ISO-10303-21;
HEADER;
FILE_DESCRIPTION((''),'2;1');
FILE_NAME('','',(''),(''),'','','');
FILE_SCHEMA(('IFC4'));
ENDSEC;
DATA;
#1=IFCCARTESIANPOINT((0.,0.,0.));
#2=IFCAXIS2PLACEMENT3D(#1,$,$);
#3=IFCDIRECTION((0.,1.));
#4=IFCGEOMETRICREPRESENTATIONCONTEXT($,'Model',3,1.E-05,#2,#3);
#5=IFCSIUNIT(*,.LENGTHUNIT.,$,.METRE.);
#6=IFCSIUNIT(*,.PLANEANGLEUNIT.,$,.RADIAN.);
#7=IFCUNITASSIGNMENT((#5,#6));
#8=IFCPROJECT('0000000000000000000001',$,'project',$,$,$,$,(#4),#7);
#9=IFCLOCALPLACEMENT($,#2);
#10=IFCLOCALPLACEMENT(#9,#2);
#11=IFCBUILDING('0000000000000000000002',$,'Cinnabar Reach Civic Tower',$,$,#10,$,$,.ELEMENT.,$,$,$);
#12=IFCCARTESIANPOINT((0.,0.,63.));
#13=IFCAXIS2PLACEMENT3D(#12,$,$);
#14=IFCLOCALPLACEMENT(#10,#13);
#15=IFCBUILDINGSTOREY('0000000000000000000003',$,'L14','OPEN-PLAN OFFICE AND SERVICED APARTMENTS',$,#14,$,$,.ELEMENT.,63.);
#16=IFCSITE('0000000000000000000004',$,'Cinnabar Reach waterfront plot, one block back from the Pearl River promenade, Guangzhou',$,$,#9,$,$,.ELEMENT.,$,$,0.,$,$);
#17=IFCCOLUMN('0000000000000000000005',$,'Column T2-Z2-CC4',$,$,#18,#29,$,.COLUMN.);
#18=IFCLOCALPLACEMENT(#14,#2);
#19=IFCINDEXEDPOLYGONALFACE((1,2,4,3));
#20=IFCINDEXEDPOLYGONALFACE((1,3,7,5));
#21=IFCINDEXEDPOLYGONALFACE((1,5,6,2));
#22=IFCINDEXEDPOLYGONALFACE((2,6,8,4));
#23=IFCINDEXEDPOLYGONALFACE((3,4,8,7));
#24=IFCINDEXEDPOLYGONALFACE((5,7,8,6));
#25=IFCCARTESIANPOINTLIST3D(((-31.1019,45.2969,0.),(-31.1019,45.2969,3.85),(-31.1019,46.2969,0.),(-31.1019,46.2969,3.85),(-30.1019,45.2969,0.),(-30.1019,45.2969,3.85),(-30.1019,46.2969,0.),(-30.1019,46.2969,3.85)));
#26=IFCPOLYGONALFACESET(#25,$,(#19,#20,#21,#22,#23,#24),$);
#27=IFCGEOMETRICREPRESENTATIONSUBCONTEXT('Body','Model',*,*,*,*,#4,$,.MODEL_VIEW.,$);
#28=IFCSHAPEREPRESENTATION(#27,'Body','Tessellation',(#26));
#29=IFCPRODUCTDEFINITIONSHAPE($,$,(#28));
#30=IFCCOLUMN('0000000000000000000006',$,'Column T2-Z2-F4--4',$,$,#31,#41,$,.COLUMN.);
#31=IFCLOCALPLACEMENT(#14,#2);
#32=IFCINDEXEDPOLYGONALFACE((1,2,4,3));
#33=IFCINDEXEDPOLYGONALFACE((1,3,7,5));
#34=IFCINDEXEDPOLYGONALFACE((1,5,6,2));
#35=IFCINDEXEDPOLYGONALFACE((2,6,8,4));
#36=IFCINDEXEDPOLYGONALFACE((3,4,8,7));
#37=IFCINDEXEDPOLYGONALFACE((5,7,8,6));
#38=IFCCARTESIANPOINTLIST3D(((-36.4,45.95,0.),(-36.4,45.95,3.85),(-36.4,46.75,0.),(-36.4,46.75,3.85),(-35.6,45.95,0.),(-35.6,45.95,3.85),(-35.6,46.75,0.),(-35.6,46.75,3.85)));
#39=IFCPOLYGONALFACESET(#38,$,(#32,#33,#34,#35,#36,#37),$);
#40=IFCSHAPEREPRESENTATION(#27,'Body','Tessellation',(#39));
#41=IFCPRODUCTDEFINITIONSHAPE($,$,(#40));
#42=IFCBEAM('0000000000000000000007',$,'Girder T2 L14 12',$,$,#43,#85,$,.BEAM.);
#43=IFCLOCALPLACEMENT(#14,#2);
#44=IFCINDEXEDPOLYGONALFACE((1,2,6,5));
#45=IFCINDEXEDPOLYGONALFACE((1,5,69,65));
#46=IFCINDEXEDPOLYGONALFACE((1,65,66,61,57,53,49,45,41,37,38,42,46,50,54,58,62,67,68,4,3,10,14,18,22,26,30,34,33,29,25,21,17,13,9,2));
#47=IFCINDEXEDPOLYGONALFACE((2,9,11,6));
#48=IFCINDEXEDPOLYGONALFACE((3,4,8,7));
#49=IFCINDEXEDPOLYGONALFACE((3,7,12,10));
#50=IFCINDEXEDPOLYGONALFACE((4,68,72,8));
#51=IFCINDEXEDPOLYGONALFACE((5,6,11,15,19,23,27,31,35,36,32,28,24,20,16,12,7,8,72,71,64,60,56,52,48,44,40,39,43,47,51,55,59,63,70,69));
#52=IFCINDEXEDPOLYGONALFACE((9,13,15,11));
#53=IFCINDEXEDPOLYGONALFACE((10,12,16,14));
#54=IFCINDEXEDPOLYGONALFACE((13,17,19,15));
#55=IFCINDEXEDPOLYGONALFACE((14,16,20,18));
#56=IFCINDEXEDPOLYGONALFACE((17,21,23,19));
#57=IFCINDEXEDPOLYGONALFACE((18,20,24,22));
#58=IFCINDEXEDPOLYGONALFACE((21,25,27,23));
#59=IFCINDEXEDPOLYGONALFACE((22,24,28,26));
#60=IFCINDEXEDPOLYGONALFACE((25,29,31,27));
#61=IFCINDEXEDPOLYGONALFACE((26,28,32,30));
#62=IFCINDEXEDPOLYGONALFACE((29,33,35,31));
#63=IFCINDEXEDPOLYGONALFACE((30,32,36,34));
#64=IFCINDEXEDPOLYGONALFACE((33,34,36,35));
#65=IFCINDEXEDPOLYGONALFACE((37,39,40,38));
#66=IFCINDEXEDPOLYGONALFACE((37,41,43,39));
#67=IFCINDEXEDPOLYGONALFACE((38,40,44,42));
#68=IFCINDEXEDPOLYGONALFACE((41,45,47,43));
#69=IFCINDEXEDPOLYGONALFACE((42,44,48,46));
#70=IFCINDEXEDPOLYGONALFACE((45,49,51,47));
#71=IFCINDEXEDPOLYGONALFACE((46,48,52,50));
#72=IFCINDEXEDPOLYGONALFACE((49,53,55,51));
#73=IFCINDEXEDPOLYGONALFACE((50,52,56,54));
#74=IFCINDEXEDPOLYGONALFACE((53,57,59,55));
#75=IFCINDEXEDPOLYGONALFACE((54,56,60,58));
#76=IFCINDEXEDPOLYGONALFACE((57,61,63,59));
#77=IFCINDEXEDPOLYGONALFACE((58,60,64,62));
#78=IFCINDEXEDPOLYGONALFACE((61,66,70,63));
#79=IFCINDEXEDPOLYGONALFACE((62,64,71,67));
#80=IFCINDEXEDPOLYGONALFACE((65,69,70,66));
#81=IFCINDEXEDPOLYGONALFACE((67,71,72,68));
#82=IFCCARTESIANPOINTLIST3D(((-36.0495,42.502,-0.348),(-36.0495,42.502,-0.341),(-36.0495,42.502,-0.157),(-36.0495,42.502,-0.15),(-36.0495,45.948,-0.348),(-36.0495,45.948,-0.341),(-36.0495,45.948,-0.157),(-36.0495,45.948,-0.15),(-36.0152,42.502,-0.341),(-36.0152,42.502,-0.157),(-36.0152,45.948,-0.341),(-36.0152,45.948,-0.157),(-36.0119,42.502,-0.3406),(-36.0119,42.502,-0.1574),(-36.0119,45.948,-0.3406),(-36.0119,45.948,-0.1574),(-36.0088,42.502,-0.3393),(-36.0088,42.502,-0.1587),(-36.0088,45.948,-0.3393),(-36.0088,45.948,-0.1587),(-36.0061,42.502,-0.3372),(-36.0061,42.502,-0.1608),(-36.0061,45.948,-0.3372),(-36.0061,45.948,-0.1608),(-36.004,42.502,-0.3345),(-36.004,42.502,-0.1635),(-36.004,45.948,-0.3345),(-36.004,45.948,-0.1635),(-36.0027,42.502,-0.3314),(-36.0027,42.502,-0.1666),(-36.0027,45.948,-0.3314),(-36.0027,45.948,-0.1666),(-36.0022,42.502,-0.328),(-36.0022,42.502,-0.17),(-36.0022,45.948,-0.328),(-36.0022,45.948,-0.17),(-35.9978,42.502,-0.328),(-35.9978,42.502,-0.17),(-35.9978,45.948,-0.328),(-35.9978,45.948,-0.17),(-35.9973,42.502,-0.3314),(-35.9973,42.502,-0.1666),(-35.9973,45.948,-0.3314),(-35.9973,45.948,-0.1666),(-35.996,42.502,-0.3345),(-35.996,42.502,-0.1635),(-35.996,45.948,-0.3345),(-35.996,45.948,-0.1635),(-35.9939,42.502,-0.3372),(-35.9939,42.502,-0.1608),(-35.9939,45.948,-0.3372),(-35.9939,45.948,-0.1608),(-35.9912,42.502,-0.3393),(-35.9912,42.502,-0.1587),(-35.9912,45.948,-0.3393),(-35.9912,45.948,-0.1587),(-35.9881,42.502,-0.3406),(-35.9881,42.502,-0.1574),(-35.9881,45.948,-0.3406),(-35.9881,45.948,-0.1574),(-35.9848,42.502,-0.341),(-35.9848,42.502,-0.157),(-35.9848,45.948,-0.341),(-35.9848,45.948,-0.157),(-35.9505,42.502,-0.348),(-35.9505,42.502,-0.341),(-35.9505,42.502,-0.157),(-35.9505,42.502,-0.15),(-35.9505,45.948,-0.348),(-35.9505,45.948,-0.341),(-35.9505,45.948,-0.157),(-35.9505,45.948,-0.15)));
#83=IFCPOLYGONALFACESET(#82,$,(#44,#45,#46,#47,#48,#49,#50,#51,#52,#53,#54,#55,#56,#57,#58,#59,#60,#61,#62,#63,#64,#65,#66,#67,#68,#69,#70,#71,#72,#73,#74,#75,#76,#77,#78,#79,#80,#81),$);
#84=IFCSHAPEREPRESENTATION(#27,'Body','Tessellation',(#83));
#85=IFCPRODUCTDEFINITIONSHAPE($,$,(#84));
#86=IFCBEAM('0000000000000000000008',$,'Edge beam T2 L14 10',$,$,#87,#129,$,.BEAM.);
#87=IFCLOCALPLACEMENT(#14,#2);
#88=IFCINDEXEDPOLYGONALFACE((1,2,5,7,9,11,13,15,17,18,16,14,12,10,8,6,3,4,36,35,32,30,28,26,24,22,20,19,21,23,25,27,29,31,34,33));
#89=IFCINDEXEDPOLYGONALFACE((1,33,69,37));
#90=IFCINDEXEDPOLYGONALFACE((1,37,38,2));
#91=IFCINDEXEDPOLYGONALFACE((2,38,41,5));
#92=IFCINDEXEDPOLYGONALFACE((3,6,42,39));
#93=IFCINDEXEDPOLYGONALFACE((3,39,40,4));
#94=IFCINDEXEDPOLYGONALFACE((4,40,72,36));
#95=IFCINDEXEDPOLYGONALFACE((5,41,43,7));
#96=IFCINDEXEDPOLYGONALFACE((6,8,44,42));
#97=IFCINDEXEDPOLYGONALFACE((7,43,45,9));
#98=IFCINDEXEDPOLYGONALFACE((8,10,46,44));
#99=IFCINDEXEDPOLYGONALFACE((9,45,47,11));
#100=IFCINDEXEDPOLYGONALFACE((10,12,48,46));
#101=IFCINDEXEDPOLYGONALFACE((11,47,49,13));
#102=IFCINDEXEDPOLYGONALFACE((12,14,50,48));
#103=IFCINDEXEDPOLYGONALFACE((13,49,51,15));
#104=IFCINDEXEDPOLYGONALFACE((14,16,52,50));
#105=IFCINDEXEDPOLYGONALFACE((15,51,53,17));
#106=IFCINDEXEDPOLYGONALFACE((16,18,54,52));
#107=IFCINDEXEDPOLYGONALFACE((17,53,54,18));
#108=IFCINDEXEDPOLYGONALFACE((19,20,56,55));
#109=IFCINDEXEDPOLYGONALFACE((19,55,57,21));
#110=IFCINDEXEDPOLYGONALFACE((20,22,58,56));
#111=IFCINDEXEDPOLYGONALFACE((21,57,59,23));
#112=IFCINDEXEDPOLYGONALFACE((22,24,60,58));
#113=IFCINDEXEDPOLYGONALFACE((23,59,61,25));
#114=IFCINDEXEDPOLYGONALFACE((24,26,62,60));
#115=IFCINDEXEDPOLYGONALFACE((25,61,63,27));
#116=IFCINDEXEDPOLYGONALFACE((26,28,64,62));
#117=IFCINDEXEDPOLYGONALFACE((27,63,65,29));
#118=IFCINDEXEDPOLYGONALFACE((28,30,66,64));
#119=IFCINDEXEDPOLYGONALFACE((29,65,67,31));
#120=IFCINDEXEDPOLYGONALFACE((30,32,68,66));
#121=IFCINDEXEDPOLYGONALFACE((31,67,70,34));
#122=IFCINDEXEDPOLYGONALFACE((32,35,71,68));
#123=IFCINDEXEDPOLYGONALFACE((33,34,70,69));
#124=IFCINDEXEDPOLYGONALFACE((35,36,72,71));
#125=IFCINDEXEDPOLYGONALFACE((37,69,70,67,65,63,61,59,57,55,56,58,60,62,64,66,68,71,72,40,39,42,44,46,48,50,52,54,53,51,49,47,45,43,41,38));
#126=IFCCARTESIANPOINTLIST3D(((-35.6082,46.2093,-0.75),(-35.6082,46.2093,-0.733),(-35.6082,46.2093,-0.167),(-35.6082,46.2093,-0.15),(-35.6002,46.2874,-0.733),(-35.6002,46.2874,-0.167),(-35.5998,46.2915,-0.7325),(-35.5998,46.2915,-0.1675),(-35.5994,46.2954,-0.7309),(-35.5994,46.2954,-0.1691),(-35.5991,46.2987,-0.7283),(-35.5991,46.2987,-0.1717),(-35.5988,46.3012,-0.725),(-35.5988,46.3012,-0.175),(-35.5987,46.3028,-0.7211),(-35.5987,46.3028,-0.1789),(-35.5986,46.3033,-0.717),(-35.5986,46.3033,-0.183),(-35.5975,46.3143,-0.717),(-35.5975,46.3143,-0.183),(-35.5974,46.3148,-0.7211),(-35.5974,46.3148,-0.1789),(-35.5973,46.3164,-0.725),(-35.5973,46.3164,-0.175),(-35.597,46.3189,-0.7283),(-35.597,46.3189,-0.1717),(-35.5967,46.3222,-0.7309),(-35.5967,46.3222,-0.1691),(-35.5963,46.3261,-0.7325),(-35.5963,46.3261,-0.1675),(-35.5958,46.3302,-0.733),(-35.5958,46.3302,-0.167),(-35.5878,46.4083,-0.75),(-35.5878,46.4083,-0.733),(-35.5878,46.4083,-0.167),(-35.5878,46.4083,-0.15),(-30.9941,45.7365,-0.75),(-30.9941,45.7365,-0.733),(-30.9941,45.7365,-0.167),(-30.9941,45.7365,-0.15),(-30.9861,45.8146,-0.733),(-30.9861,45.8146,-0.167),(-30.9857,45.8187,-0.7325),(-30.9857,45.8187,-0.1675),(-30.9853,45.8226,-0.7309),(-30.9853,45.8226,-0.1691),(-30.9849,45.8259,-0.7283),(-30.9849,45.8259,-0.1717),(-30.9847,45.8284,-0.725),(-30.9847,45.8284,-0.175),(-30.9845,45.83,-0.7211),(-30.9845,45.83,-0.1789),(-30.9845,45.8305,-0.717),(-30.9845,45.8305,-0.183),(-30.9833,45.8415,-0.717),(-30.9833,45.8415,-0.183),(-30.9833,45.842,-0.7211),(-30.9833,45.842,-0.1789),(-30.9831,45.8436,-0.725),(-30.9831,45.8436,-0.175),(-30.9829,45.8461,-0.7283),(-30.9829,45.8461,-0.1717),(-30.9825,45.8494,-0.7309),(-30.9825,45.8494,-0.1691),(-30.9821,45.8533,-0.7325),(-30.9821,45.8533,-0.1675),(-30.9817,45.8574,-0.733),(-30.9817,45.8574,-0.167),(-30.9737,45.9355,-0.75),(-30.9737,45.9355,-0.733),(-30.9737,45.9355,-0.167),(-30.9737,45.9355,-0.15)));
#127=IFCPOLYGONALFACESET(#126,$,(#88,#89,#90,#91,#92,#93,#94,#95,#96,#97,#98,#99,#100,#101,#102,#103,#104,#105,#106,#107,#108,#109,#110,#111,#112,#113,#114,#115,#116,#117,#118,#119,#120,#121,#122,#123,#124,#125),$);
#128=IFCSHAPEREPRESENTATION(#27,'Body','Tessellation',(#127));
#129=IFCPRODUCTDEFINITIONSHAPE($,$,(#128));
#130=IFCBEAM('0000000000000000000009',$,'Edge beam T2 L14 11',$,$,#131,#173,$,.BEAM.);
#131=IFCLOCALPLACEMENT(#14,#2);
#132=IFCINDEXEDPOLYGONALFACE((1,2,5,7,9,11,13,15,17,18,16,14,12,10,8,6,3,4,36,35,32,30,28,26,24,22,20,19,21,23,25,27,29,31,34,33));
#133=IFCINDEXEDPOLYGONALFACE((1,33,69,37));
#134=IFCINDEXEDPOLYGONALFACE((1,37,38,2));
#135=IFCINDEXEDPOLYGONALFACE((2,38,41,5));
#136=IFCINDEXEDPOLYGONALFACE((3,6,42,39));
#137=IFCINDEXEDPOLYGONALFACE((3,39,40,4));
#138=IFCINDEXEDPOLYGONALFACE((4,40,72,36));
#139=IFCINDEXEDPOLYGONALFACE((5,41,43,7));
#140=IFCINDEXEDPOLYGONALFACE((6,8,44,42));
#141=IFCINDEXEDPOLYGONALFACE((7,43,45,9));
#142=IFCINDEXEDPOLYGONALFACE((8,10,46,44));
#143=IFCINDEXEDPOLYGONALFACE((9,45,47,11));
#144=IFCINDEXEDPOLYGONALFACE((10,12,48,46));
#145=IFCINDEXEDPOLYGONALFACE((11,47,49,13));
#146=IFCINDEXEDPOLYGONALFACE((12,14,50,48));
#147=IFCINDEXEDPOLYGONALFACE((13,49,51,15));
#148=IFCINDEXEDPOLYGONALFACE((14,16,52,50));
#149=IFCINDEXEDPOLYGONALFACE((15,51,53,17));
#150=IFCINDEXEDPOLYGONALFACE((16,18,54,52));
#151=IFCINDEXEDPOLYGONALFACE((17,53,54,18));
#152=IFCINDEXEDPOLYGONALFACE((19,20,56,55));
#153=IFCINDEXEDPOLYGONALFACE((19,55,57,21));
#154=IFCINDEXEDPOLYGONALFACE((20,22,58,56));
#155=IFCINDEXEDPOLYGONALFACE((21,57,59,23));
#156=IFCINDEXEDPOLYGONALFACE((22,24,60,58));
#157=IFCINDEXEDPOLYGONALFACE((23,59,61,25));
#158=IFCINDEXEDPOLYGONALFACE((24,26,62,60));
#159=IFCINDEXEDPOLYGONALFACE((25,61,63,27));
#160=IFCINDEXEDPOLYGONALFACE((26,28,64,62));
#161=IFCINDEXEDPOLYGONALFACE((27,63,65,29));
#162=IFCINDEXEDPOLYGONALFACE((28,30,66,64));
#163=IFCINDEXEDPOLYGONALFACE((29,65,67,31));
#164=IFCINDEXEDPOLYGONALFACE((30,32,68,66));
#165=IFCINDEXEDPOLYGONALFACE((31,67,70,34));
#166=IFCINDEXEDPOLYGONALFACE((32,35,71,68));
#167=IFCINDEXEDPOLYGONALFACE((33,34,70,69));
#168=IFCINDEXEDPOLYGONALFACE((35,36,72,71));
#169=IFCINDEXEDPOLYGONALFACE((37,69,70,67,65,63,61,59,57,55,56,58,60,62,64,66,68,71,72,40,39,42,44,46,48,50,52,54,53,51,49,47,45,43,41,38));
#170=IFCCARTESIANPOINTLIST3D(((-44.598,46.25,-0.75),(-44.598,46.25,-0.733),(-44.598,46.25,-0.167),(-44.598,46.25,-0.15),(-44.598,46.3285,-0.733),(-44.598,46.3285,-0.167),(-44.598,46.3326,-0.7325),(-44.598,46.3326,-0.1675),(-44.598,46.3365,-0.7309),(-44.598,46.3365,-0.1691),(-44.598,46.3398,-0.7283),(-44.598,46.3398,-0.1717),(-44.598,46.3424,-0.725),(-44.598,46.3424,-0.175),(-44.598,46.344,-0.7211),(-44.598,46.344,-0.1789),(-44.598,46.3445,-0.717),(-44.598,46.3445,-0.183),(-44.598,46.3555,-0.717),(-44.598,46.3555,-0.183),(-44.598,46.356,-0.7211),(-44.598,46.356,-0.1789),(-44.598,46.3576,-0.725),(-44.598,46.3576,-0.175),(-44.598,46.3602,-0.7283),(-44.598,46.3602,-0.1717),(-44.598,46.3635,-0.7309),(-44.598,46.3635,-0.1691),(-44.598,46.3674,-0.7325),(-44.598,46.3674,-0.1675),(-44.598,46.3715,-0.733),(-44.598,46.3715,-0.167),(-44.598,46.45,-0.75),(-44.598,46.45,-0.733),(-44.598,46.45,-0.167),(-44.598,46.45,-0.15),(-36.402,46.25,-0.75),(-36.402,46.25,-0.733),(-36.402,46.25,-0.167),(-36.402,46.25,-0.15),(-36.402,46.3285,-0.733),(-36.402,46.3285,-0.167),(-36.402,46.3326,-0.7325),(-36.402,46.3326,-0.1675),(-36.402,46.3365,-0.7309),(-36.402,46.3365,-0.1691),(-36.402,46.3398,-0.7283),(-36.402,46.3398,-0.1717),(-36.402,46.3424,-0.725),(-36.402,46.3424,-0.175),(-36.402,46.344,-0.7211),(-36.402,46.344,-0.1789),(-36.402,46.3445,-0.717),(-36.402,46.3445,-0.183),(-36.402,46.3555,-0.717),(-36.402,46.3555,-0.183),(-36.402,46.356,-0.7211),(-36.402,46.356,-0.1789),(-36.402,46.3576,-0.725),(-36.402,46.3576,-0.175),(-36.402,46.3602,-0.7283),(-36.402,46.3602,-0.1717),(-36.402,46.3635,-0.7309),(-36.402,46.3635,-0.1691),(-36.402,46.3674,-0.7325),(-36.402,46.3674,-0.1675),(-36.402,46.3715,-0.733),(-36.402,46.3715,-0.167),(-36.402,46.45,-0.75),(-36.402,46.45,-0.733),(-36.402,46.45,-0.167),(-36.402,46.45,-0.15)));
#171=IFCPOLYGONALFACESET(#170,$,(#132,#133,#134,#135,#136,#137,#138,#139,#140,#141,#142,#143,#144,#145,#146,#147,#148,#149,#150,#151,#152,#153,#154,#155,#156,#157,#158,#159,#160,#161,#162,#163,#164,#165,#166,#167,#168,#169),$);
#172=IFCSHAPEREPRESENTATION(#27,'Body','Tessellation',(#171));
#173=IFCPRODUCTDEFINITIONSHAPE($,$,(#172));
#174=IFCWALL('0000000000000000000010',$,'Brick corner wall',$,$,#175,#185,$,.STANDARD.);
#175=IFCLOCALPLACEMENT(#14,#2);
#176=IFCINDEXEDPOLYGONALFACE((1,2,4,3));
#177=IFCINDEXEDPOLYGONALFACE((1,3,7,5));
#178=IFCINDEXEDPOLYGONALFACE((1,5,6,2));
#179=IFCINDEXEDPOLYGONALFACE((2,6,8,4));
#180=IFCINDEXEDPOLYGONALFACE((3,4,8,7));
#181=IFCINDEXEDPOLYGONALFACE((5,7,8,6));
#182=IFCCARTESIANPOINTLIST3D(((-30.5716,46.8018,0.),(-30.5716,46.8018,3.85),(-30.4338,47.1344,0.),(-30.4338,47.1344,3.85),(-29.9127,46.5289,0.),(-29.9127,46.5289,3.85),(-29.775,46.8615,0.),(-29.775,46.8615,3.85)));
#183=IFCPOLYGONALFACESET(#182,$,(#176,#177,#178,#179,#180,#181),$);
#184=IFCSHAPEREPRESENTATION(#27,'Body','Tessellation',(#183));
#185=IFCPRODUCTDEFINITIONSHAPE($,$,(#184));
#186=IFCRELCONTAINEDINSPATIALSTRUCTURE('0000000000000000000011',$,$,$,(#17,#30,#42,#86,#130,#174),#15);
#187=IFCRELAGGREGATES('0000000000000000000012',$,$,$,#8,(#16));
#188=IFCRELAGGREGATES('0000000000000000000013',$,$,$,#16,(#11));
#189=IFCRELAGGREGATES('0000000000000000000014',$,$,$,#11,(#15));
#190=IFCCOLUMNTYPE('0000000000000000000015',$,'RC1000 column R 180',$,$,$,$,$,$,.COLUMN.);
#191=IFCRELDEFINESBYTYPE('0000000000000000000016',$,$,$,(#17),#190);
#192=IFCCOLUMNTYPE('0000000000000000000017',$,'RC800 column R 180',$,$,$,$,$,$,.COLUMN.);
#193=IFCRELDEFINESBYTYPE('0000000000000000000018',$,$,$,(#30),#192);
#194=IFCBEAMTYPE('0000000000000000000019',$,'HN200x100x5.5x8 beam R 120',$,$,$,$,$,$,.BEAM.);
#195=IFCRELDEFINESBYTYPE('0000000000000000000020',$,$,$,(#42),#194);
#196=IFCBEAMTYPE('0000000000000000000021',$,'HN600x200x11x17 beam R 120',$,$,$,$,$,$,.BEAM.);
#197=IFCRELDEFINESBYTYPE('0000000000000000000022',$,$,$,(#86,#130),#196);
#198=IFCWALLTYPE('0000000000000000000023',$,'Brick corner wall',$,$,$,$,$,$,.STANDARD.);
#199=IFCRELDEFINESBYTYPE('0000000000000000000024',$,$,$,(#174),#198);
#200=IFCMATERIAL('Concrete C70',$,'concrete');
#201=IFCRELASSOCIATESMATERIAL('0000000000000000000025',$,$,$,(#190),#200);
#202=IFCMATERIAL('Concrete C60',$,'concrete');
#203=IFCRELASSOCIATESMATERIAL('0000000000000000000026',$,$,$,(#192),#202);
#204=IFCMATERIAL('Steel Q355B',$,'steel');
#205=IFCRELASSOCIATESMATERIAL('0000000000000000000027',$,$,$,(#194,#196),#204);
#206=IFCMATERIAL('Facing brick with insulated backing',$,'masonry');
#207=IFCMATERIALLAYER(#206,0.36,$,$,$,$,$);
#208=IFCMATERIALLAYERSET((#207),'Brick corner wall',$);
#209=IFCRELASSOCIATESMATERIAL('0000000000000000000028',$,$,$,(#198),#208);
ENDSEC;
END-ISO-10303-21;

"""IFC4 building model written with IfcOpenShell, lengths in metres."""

from ifc_helpers import new_model, si_unit, direction, frame, frame_2d, origin, origin_2d, place, context, subcontext, project, spatial, rectangle, i_section, extrude, material, layer, layer_set, material_profile, profile_set, type_object, element, save


model = new_model("IFC4")

# Units and contexts
model_context = context("Model", 3, precision=1e-05, world=origin(), true_north=direction((0.0, 1.0)))
body_context = subcontext(model_context, "Body", "Model", "MODEL_VIEW")
ifc_project = project(units=[si_unit("LENGTHUNIT", "METRE"), si_unit("PLANEANGLEUNIT", "RADIAN")], contexts=[model_context])

# Site, building, storey
site_placement = place(None, origin())
site = spatial("IfcSite", under=ifc_project, at=site_placement, Name="Cinnabar Reach waterfront plot, one block back from the Pearl River promenade, Guangzhou", CompositionType="ELEMENT", RefElevation=0.0)
building_placement = place(site_placement, origin())
building = spatial("IfcBuilding", under=site, at=building_placement, Name="Cinnabar Reach Civic Tower", CompositionType="ELEMENT")
storey_placement = place(building_placement, frame((0.0, 0.0, 63.0)))
storey = spatial("IfcBuildingStorey", under=building, at=storey_placement, Name="L14", Description="OPEN-PLAN OFFICE AND SERVICED APARTMENTS", CompositionType="ELEMENT", Elevation=63.0)

# Columns
ifc_material_1 = material(Name="Concrete C70", Category="concrete")
ifc_material_profile_1 = material_profile(ifc_material_1, rectangle(XDim=1.0, YDim=1.0, at=origin_2d()), Name="RC1000")
ifc_profile_set_1 = profile_set([ifc_material_profile_1], Name="Concrete C70")
column_type_1 = type_object("IfcColumnType", Name="RC1000 column R 180", PredefinedType="COLUMN", material=ifc_profile_set_1)
column_1_placement = place(storey_placement, frame((-30.6019, 45.7969, 0.0), z_axis=(0.0, 0.0, 1.0), x_axis=(1.0, 0.0, 0.0)))
element("IfcColumn", 1, at=column_1_placement, inside=storey, type_object=column_type_1, Name="Column T2-Z2-CC4", PredefinedType="COLUMN", context=body_context, shape_type="SweptSolid", body=[
    extrude(rectangle(XDim=1.0, YDim=1.0, at=origin_2d()), origin(), (0.0, 0.0, 1.0), 3.85),
])
ifc_material_2 = material(Name="Concrete C60", Category="concrete")
ifc_material_profile_2 = material_profile(ifc_material_2, rectangle(XDim=0.8, YDim=0.8, at=origin_2d()), Name="RC800")
ifc_profile_set_2 = profile_set([ifc_material_profile_2], Name="Concrete C60")
column_type_2 = type_object("IfcColumnType", Name="RC800 column R 180", PredefinedType="COLUMN", material=ifc_profile_set_2)
column_2_placement = place(storey_placement, frame((-36.0, 46.35, 0.0), z_axis=(0.0, 0.0, 1.0), x_axis=(1.0, 0.0, 0.0)))
element("IfcColumn", 2, at=column_2_placement, inside=storey, type_object=column_type_2, Name="Column T2-Z2-F4--4", PredefinedType="COLUMN", context=body_context, shape_type="SweptSolid", body=[
    extrude(rectangle(XDim=0.8, YDim=0.8, at=origin_2d()), origin(), (0.0, 0.0, 1.0), 3.85),
])

# Beams
ifc_material_3 = material(Name="Steel Q355B", Category="steel")
ifc_material_profile_3 = material_profile(ifc_material_3, i_section(OverallWidth=0.099, OverallDepth=0.198, WebThickness=0.0045, FlangeThickness=0.007, FilletRadius=0.013, at=origin_2d()), Name="HN200x100x5.5x8")
ifc_profile_set_3 = profile_set([ifc_material_profile_3], Name="Steel Q355B")
beam_type_1 = type_object("IfcBeamType", Name="HN200x100x5.5x8 beam R 120", PredefinedType="BEAM", material=ifc_profile_set_3)
beam_1_placement = place(storey_placement, frame((-36.0, 42.502, -0.249), z_axis=(0.0, 1.0, 0.0), x_axis=(-1.0, 0.0, 0.0)))
element("IfcBeam", 3, at=beam_1_placement, inside=storey, type_object=beam_type_1, Name="Girder T2 L14 12", PredefinedType="BEAM", context=body_context, shape_type="SweptSolid", body=[
    extrude(i_section(OverallWidth=0.099, OverallDepth=0.198, WebThickness=0.0045, FlangeThickness=0.007, FilletRadius=0.013, at=origin_2d()), origin(), (0.0, 0.0, 1.0), 3.446),
])
ifc_material_profile_4 = material_profile(ifc_material_3, i_section(OverallWidth=0.2, OverallDepth=0.6, WebThickness=0.011, FlangeThickness=0.017, FilletRadius=0.016, at=origin_2d()), Name="HN600x200x11x17")
ifc_profile_set_4 = profile_set([ifc_material_profile_4], Name="Steel Q355B")
beam_type_2 = type_object("IfcBeamType", Name="HN600x200x11x17 beam R 120", PredefinedType="BEAM", material=ifc_profile_set_4)
beam_2_placement = place(storey_placement, frame((-30.9839, 45.836, -0.45), z_axis=(-0.994791, 0.101935, 0.0), x_axis=(-0.101935, -0.994791, 0.0)))
element("IfcBeam", 4, at=beam_2_placement, inside=storey, type_object=beam_type_2, Name="Edge beam T2 L14 10", PredefinedType="BEAM", context=body_context, shape_type="SweptSolid", body=[
    extrude(i_section(OverallWidth=0.2, OverallDepth=0.6, WebThickness=0.011, FlangeThickness=0.017, FilletRadius=0.016, at=origin_2d()), origin(), (0.0, 0.0, 1.0), 4.6383),
])
beam_3_placement = place(storey_placement, frame((-36.402, 46.35, -0.45), z_axis=(-1.0, 0.0, 0.0), x_axis=(0.0, -1.0, 0.0)))
element("IfcBeam", 5, at=beam_3_placement, inside=storey, type_object=beam_type_2, Name="Edge beam T2 L14 11", PredefinedType="BEAM", context=body_context, shape_type="SweptSolid", body=[
    extrude(i_section(OverallWidth=0.2, OverallDepth=0.6, WebThickness=0.011, FlangeThickness=0.017, FilletRadius=0.016, at=origin_2d()), origin(), (0.0, 0.0, 1.0), 8.196),
])

# Wall
ifc_material_4 = material(Name="Facing brick with insulated backing", Category="masonry")
ifc_layer_1 = layer(ifc_material_4, 0.36)
ifc_layer_set_1 = layer_set([ifc_layer_1], Name="Brick corner wall")
wall_type_1 = type_object("IfcWallType", Name="Brick corner wall", PredefinedType="STANDARD", material=ifc_layer_set_1)
for number, where, z_axis, x_axis, name in (
    (6, (-29.8439, 46.6952, 0.0), (0.0, 0.0, 1.0), (-0.923872, 0.382703, 0.0), "Brick corner wall"),
):
    element("IfcWall", number, at=place(storey_placement, frame(where, z_axis=z_axis, x_axis=x_axis)), inside=storey, type_object=wall_type_1, Name=name, PredefinedType="STANDARD", context=body_context, shape_type="SweptSolid", body=[
        extrude(rectangle(XDim=0.7131, YDim=0.36, at=frame_2d((0.3565, 0.0))), origin(), (0.0, 0.0, 1.0), 3.85),
    ])

save(model, "model.ifc")
